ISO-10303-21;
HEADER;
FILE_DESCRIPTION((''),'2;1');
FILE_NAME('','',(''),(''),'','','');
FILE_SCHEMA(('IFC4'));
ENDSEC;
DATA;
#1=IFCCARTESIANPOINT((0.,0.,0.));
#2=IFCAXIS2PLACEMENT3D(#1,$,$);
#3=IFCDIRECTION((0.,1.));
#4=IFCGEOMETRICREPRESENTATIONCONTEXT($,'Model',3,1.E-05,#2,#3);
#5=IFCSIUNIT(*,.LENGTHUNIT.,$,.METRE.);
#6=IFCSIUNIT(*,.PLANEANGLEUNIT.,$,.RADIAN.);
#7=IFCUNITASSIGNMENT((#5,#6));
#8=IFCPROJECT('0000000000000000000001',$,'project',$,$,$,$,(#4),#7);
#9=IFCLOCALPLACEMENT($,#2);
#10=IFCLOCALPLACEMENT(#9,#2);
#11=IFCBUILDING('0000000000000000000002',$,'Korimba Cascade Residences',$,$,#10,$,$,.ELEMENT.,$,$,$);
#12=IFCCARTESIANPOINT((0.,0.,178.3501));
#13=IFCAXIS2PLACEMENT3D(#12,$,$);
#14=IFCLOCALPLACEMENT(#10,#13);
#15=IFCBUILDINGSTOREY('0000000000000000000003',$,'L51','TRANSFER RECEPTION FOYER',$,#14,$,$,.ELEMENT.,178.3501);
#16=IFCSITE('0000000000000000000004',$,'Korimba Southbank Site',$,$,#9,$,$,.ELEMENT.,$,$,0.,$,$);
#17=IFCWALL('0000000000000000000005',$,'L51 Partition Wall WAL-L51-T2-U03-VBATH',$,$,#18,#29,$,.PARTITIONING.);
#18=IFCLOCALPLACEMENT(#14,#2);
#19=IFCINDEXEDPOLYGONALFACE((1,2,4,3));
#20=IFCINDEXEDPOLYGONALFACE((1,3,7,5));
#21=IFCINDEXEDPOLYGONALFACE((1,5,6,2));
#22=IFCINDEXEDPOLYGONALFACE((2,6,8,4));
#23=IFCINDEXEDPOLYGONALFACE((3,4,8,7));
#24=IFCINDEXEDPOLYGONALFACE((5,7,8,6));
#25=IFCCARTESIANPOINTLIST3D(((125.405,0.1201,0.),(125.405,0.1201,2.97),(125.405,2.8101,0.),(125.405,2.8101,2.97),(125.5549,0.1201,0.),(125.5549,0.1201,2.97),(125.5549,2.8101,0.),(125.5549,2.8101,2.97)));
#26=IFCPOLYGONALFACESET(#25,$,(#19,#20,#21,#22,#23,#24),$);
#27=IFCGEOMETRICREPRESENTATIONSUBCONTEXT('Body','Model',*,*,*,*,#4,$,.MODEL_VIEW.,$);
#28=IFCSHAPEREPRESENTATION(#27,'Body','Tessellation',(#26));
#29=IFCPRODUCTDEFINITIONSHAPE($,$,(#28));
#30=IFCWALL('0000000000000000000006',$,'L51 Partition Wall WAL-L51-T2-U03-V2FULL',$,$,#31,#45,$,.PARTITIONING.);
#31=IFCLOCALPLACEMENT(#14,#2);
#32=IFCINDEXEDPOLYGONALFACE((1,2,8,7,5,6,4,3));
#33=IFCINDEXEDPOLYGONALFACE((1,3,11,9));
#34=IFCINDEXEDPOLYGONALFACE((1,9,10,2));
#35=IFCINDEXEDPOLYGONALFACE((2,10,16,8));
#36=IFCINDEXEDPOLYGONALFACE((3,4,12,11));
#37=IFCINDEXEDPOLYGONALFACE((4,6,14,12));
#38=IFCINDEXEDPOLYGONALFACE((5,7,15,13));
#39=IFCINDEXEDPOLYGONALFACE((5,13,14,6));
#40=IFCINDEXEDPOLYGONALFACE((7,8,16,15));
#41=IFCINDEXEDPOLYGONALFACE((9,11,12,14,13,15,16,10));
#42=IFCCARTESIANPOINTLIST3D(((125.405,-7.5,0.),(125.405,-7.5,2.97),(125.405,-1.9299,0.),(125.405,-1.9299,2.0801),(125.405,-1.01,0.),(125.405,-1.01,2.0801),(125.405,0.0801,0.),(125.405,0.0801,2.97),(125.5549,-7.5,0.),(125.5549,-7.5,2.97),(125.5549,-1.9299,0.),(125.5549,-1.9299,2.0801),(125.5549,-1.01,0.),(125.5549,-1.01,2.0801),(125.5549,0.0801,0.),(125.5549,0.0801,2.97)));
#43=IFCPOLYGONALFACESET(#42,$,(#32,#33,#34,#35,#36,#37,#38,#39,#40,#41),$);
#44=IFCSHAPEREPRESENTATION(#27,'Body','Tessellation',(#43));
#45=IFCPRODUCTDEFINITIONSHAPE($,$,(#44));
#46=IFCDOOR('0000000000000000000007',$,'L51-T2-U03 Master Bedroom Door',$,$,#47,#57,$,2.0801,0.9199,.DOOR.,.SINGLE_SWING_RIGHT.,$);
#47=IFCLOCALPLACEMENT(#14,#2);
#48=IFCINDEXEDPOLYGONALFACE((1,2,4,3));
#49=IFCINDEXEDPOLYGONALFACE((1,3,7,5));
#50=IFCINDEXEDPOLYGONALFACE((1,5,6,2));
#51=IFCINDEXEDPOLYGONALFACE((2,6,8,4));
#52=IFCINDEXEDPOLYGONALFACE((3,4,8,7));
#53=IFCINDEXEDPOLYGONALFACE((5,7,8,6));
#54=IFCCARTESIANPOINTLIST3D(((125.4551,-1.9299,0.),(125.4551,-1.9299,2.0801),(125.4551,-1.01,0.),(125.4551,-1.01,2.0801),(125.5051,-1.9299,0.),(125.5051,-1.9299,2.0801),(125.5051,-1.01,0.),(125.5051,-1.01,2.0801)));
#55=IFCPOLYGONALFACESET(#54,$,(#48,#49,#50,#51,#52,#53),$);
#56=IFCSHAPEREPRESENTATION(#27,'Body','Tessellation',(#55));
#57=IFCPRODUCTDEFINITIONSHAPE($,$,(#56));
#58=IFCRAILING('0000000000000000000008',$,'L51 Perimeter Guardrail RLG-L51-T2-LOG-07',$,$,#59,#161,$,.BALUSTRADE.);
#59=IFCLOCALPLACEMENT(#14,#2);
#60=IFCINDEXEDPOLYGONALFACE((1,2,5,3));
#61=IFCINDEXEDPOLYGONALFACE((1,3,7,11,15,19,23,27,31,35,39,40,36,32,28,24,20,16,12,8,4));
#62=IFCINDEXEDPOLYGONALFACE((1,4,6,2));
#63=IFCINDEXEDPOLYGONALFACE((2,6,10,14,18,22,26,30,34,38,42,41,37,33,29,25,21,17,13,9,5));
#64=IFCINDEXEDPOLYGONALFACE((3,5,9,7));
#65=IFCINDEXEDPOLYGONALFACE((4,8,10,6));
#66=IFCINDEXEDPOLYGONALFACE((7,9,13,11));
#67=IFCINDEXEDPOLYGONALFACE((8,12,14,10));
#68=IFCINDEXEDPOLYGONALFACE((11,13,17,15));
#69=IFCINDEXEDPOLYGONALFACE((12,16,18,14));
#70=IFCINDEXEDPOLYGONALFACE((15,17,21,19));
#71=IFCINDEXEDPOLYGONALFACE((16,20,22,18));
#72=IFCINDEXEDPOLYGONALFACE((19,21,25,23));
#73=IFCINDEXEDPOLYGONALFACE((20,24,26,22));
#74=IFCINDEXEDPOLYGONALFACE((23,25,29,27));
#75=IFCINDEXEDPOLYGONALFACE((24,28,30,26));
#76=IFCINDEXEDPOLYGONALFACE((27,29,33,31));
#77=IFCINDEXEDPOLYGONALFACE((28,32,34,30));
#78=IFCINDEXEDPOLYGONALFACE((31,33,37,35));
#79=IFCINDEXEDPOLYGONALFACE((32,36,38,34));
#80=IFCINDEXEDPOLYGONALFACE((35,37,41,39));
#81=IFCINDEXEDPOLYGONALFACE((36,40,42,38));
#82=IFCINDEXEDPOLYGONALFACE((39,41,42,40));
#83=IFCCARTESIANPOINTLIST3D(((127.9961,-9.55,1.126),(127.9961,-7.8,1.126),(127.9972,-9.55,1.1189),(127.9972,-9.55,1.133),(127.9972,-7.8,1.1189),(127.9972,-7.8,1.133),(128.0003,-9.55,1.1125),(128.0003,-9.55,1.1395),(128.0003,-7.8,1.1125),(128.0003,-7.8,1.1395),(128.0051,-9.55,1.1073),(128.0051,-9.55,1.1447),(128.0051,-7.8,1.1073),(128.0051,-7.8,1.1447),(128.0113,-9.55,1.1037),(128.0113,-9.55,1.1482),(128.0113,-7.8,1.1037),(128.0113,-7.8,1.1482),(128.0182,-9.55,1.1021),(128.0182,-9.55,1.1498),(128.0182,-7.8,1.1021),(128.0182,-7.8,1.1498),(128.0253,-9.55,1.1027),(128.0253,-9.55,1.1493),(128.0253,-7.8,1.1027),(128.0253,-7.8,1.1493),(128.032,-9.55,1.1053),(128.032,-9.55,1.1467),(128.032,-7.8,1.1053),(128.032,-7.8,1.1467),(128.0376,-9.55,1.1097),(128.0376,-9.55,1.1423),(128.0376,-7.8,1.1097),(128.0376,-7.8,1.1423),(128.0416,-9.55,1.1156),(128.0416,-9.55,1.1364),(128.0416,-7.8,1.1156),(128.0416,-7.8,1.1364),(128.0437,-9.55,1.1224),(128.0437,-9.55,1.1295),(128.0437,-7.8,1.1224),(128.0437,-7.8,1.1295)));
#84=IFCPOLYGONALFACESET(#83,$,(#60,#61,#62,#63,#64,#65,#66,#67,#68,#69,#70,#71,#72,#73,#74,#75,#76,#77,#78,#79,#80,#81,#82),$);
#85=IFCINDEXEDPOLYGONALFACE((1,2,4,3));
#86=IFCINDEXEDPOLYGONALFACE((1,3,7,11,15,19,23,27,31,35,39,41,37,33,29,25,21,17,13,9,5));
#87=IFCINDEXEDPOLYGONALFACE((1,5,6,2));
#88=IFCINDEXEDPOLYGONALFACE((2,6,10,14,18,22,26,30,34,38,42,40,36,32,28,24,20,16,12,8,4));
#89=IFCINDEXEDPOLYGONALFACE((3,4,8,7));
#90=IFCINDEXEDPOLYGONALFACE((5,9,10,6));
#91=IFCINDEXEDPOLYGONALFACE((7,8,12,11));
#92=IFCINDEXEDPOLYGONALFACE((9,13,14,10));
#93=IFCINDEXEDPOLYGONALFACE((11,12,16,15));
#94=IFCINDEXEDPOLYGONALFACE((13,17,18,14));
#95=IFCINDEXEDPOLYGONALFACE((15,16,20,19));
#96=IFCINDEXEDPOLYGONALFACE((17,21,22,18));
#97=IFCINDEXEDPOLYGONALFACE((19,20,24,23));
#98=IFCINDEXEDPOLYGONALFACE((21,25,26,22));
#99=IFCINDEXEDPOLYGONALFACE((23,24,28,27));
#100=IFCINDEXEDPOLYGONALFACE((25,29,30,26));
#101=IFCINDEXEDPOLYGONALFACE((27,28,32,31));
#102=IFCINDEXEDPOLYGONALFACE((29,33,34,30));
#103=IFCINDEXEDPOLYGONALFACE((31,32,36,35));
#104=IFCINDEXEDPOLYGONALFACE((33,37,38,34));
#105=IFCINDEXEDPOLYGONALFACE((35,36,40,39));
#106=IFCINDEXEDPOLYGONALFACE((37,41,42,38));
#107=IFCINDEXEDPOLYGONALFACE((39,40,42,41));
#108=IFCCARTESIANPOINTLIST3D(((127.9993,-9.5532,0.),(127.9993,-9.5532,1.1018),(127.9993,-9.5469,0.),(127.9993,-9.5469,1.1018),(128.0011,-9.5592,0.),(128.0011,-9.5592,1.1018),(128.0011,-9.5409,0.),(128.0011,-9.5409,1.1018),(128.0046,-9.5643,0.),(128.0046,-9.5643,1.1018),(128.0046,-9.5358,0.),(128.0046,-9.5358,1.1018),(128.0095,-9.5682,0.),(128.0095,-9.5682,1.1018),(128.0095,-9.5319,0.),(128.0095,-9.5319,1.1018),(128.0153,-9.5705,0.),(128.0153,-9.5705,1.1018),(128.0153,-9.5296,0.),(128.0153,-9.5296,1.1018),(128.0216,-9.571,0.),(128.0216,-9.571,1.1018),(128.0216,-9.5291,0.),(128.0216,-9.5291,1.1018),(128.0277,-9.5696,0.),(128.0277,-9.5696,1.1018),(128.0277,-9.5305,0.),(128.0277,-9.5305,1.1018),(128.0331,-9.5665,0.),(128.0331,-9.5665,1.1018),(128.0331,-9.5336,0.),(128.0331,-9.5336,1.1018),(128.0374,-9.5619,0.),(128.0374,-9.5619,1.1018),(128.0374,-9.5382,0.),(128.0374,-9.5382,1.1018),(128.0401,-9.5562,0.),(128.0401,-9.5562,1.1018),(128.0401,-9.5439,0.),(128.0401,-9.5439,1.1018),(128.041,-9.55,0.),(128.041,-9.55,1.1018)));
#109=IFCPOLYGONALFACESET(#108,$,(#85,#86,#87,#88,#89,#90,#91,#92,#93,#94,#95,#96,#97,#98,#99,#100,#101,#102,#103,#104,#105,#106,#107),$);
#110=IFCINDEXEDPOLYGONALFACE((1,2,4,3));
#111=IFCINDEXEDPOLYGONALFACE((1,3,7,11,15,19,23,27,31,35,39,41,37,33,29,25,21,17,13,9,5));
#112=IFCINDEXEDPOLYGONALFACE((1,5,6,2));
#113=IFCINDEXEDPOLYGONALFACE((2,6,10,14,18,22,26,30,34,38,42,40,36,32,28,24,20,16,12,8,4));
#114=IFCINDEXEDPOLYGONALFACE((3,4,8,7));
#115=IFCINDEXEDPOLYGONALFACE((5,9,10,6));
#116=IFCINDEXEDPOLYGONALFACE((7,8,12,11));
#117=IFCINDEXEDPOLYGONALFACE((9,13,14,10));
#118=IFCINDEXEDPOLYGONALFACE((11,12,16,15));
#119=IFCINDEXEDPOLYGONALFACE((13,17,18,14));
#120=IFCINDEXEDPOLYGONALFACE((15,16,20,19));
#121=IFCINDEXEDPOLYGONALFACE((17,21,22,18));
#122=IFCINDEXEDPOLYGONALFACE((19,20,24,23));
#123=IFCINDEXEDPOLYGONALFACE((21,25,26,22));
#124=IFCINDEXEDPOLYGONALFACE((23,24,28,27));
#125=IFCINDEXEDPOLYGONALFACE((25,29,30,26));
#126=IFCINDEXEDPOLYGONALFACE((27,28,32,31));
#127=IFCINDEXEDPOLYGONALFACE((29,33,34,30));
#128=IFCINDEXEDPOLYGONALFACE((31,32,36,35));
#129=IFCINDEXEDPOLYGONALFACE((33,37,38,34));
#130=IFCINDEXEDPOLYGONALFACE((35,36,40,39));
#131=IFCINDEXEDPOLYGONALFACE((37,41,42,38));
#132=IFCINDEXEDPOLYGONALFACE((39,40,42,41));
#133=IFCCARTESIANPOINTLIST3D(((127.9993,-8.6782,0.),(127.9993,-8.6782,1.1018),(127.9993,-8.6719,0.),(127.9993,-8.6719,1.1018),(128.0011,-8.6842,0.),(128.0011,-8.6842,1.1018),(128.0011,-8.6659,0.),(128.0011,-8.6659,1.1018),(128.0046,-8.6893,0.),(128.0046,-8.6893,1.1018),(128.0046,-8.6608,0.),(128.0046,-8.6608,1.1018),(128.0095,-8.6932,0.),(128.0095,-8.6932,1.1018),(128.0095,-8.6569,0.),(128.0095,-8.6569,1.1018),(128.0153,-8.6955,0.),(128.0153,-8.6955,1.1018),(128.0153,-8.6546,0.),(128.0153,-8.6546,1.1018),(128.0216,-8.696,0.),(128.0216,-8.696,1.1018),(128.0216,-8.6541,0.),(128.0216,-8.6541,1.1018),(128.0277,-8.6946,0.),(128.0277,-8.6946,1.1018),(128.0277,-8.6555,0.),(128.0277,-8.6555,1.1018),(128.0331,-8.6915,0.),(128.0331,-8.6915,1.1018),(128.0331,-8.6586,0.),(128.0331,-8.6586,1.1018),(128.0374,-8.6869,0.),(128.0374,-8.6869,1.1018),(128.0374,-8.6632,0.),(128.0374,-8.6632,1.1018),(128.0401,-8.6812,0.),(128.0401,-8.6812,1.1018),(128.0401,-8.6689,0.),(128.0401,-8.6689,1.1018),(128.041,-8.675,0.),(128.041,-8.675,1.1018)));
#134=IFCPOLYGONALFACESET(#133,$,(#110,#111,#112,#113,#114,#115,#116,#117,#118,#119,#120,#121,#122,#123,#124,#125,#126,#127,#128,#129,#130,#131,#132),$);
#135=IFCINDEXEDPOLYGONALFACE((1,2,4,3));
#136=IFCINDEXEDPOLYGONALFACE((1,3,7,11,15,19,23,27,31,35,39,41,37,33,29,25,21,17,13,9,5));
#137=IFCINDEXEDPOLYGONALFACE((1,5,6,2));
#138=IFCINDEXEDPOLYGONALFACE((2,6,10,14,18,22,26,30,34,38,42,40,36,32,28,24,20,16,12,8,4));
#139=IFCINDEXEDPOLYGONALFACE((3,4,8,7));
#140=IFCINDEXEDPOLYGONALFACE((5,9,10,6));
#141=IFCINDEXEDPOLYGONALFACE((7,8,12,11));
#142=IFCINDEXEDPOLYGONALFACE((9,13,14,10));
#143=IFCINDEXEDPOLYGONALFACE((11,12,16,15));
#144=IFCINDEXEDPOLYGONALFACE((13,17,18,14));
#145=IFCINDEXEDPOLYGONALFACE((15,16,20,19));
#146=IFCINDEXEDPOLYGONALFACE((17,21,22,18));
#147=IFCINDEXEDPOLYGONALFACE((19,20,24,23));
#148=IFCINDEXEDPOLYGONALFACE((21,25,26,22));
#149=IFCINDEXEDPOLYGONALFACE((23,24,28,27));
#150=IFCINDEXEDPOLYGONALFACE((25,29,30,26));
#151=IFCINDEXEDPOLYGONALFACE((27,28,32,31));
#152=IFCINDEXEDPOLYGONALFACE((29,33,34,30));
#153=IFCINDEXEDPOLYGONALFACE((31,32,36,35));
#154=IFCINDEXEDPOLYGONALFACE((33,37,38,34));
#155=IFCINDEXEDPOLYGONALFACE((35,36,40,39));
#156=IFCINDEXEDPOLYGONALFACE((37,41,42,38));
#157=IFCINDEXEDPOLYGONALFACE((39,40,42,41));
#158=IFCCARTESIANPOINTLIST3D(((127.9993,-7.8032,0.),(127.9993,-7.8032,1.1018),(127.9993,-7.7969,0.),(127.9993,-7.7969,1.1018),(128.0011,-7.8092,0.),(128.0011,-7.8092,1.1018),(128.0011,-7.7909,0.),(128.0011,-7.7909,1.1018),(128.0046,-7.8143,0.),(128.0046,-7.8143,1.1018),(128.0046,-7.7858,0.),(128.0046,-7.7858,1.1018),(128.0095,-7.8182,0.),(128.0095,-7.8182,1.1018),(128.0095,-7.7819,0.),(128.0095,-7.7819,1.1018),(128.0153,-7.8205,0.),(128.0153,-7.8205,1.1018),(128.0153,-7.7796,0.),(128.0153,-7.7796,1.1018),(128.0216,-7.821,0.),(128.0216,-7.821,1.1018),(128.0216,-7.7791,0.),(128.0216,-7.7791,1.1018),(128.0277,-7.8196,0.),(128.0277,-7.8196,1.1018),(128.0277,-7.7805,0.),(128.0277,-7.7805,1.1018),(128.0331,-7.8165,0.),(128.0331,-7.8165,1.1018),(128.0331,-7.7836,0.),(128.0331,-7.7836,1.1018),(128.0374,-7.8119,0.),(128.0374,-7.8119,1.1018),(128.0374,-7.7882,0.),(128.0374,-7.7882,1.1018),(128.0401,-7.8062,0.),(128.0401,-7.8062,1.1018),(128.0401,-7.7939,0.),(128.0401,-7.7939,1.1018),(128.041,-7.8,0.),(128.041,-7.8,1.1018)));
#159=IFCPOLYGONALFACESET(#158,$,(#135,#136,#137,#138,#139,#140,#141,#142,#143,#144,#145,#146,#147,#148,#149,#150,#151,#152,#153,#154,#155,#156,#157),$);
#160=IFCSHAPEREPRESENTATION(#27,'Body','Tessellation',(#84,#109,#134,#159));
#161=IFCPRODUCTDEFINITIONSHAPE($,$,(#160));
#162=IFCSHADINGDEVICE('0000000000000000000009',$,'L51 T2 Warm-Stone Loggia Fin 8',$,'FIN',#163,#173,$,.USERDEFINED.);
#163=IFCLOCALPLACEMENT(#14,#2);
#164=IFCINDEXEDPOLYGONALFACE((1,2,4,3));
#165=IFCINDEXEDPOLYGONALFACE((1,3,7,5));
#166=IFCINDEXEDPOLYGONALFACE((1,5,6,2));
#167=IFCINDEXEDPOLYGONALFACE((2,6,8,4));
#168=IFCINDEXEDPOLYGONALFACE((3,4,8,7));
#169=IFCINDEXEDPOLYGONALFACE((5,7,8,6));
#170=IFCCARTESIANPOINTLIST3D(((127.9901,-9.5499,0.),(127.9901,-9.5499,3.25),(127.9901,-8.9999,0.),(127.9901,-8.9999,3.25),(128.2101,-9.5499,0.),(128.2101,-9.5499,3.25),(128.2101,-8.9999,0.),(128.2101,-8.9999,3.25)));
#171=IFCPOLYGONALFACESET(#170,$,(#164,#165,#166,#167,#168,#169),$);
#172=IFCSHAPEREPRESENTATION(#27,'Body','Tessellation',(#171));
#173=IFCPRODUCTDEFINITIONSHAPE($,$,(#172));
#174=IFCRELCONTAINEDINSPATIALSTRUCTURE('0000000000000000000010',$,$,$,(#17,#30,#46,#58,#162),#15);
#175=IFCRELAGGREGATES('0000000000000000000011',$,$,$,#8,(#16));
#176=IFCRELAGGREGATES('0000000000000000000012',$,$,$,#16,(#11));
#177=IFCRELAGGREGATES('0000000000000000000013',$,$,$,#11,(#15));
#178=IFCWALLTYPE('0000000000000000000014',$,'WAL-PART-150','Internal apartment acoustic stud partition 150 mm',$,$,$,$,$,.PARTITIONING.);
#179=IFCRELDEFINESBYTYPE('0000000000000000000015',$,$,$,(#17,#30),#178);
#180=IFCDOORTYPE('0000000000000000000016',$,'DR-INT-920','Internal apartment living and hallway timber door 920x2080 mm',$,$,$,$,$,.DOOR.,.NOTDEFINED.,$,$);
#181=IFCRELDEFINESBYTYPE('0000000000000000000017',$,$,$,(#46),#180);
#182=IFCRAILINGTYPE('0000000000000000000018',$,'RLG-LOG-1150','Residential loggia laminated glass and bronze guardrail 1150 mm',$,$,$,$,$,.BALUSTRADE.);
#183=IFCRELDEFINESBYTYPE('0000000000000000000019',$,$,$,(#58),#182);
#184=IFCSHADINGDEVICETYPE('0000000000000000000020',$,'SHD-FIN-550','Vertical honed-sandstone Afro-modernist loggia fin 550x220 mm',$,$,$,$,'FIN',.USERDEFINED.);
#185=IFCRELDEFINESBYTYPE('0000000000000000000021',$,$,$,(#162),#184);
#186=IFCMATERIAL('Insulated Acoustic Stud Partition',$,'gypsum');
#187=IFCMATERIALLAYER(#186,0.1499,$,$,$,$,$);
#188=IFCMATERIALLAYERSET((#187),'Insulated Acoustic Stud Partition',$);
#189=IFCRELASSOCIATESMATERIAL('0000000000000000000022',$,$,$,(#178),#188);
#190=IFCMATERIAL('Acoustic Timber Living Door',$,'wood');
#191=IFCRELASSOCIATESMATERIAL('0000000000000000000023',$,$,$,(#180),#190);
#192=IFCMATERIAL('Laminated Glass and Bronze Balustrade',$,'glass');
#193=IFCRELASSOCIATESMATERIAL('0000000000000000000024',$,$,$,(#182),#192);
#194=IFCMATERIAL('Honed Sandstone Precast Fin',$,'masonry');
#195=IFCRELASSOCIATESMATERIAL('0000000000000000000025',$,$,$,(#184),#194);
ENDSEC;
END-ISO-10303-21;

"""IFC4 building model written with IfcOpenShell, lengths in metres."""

from ifc_helpers import new_model, si_unit, direction, frame, frame_2d, origin, origin_2d, place, context, subcontext, project, spatial, rectangle, circle, extrude, material, layer, layer_set, type_object, element, fill, save


model = new_model("IFC4")

# Units and contexts
model_context = context("Model", 3, precision=1e-05, world=origin(), true_north=direction((0.0, 1.0)))
body_context = subcontext(model_context, "Body", "Model", "MODEL_VIEW")
ifc_project = project(units=[si_unit("LENGTHUNIT", "METRE"), si_unit("PLANEANGLEUNIT", "RADIAN")], contexts=[model_context])

# Site, building, storey
site_placement = place(None, origin())
site = spatial("IfcSite", under=ifc_project, at=site_placement, Name="Korimba Southbank Site", CompositionType="ELEMENT", RefElevation=0.0)
building_placement = place(site_placement, origin())
building = spatial("IfcBuilding", under=site, at=building_placement, Name="Korimba Cascade Residences", CompositionType="ELEMENT")
storey_placement = place(building_placement, frame((0.0, 0.0, 178.3501)))
storey = spatial("IfcBuildingStorey", under=building, at=storey_placement, Name="L51", Description="TRANSFER RECEPTION FOYER", CompositionType="ELEMENT", Elevation=178.3501)

# Wall
ifc_material_1 = material(Name="Insulated Acoustic Stud Partition", Category="gypsum")
ifc_layer_1 = layer(ifc_material_1, 0.1499)
ifc_layer_set_1 = layer_set([ifc_layer_1], Name="Insulated Acoustic Stud Partition")
wall_type_1 = type_object("IfcWallType", Name="WAL-PART-150", Description="Internal apartment acoustic stud partition 150 mm", PredefinedType="PARTITIONING", material=ifc_layer_set_1)
wall_1_placement = place(storey_placement, frame((125.48, 0.1201, 0.0), z_axis=(0.0, 0.0, 1.0), x_axis=(0.0, 1.0, 0.0)))
element("IfcWall", 1, at=wall_1_placement, inside=storey, type_object=wall_type_1, Name="L51 Partition Wall WAL-L51-T2-U03-VBATH", PredefinedType="PARTITIONING", context=body_context, shape_type="SweptSolid", body=[
    extrude(rectangle(XDim=2.6899, YDim=0.1499, at=frame_2d((1.345, 0.0))), origin(), (0.0, 0.0, 1.0), 2.97),
])

# Wall, opening, door
wall_2_placement = place(storey_placement, frame((125.48, -7.5, 0.0), z_axis=(0.0, 0.0, 1.0), x_axis=(0.0, 1.0, 0.0)))
wall_2 = element("IfcWall", 2, at=wall_2_placement, inside=storey, type_object=wall_type_1, Name="L51 Partition Wall WAL-L51-T2-U03-V2FULL", PredefinedType="PARTITIONING", context=body_context, shape_type="SweptSolid", body=[
    extrude(rectangle(XDim=7.5801, YDim=0.1499, at=frame_2d((3.79, 0.0))), origin(), (0.0, 0.0, 1.0), 2.97),
])
opening_1_placement = place(wall_2_placement, frame((5.5701, 0.0, 0.0)))
opening_1 = element("IfcOpeningElement", 3, at=opening_1_placement, cuts=wall_2, PredefinedType="OPENING", context=body_context, shape_type="SweptSolid", body=[
    extrude(rectangle(XDim=0.9199, YDim=2.0801, at=frame_2d((0.46, 1.04))), frame((0.0, 0.085, 0.0), z_axis=(0.0, -1.0, 0.0), x_axis=(1.0, 0.0, 0.0)), (0.0, 0.0, 1.0), 0.1699),
])
ifc_material_2 = material(Name="Acoustic Timber Living Door", Category="wood")
door_type = type_object("IfcDoorType", Name="DR-INT-920", Description="Internal apartment living and hallway timber door 920x2080 mm", OperationType="NOTDEFINED", PredefinedType="DOOR", material=ifc_material_2)
door_placement = place(opening_1_placement, origin())
door = element("IfcDoor", 4, at=door_placement, inside=storey, type_object=door_type, Name="L51-T2-U03 Master Bedroom Door", OperationType="SINGLE_SWING_RIGHT", OverallHeight=2.0801, OverallWidth=0.9199, PredefinedType="DOOR", context=body_context, shape_type="SweptSolid", body=[
    extrude(rectangle(XDim=0.9199, YDim=2.0801, at=frame_2d((0.46, 1.04))), frame((0.0, 0.0249, 0.0), z_axis=(0.0, -1.0, 0.0), x_axis=(1.0, 0.0, 0.0)), (0.0, 0.0, 1.0), 0.05),
])
fill(opening_1, door)

# Railing
ifc_material_3 = material(Name="Laminated Glass and Bronze Balustrade", Category="glass")
railing_type = type_object("IfcRailingType", Name="RLG-LOG-1150", Description="Residential loggia laminated glass and bronze guardrail 1150 mm", PredefinedType="BALUSTRADE", material=ifc_material_3)
railing_placement = place(storey_placement, frame((128.02, -9.55, 0.0)))
element("IfcRailing", 5, at=railing_placement, inside=storey, type_object=railing_type, Name="L51 Perimeter Guardrail RLG-L51-T2-LOG-07", PredefinedType="BALUSTRADE", context=body_context, shape_type="SweptSolid", body=[
    extrude(circle(Radius=0.0239, at=origin_2d()), frame((0.0, 0.0, 1.126), z_axis=(0.0, 1.0, 0.0), x_axis=(-1.0, 0.0, 0.0)), (0.0, 0.0, 1.0), 1.75),
    extrude(circle(Radius=0.021, at=origin_2d()), origin(), (0.0, 0.0, 1.0), 1.1018),
    extrude(circle(Radius=0.021, at=origin_2d()), frame((0.0, 0.875, 0.0)), (0.0, 0.0, 1.0), 1.1018),
    extrude(circle(Radius=0.021, at=origin_2d()), frame((0.0, 1.75, 0.0)), (0.0, 0.0, 1.0), 1.1018),
])

# Shading device
ifc_material_4 = material(Name="Honed Sandstone Precast Fin", Category="masonry")
shading_device_type = type_object("IfcShadingDeviceType", Name="SHD-FIN-550", Description="Vertical honed-sandstone Afro-modernist loggia fin 550x220 mm", ElementType="FIN", PredefinedType="USERDEFINED", material=ifc_material_4)
shading_device_placement = place(storey_placement, frame((128.1001, -9.2749, 0.0), z_axis=(0.0, 0.0, 1.0), x_axis=(1.0, 0.0, 0.0)))
element("IfcShadingDevice", 6, at=shading_device_placement, inside=storey, type_object=shading_device_type, Name="L51 T2 Warm-Stone Loggia Fin 8", ObjectType="FIN", PredefinedType="USERDEFINED", context=body_context, shape_type="SweptSolid", body=[
    extrude(rectangle(XDim=0.22, YDim=0.55, at=origin_2d()), origin(), (0.0, 0.0, 1.0), 3.25),
])

save(model, "model.ifc")
